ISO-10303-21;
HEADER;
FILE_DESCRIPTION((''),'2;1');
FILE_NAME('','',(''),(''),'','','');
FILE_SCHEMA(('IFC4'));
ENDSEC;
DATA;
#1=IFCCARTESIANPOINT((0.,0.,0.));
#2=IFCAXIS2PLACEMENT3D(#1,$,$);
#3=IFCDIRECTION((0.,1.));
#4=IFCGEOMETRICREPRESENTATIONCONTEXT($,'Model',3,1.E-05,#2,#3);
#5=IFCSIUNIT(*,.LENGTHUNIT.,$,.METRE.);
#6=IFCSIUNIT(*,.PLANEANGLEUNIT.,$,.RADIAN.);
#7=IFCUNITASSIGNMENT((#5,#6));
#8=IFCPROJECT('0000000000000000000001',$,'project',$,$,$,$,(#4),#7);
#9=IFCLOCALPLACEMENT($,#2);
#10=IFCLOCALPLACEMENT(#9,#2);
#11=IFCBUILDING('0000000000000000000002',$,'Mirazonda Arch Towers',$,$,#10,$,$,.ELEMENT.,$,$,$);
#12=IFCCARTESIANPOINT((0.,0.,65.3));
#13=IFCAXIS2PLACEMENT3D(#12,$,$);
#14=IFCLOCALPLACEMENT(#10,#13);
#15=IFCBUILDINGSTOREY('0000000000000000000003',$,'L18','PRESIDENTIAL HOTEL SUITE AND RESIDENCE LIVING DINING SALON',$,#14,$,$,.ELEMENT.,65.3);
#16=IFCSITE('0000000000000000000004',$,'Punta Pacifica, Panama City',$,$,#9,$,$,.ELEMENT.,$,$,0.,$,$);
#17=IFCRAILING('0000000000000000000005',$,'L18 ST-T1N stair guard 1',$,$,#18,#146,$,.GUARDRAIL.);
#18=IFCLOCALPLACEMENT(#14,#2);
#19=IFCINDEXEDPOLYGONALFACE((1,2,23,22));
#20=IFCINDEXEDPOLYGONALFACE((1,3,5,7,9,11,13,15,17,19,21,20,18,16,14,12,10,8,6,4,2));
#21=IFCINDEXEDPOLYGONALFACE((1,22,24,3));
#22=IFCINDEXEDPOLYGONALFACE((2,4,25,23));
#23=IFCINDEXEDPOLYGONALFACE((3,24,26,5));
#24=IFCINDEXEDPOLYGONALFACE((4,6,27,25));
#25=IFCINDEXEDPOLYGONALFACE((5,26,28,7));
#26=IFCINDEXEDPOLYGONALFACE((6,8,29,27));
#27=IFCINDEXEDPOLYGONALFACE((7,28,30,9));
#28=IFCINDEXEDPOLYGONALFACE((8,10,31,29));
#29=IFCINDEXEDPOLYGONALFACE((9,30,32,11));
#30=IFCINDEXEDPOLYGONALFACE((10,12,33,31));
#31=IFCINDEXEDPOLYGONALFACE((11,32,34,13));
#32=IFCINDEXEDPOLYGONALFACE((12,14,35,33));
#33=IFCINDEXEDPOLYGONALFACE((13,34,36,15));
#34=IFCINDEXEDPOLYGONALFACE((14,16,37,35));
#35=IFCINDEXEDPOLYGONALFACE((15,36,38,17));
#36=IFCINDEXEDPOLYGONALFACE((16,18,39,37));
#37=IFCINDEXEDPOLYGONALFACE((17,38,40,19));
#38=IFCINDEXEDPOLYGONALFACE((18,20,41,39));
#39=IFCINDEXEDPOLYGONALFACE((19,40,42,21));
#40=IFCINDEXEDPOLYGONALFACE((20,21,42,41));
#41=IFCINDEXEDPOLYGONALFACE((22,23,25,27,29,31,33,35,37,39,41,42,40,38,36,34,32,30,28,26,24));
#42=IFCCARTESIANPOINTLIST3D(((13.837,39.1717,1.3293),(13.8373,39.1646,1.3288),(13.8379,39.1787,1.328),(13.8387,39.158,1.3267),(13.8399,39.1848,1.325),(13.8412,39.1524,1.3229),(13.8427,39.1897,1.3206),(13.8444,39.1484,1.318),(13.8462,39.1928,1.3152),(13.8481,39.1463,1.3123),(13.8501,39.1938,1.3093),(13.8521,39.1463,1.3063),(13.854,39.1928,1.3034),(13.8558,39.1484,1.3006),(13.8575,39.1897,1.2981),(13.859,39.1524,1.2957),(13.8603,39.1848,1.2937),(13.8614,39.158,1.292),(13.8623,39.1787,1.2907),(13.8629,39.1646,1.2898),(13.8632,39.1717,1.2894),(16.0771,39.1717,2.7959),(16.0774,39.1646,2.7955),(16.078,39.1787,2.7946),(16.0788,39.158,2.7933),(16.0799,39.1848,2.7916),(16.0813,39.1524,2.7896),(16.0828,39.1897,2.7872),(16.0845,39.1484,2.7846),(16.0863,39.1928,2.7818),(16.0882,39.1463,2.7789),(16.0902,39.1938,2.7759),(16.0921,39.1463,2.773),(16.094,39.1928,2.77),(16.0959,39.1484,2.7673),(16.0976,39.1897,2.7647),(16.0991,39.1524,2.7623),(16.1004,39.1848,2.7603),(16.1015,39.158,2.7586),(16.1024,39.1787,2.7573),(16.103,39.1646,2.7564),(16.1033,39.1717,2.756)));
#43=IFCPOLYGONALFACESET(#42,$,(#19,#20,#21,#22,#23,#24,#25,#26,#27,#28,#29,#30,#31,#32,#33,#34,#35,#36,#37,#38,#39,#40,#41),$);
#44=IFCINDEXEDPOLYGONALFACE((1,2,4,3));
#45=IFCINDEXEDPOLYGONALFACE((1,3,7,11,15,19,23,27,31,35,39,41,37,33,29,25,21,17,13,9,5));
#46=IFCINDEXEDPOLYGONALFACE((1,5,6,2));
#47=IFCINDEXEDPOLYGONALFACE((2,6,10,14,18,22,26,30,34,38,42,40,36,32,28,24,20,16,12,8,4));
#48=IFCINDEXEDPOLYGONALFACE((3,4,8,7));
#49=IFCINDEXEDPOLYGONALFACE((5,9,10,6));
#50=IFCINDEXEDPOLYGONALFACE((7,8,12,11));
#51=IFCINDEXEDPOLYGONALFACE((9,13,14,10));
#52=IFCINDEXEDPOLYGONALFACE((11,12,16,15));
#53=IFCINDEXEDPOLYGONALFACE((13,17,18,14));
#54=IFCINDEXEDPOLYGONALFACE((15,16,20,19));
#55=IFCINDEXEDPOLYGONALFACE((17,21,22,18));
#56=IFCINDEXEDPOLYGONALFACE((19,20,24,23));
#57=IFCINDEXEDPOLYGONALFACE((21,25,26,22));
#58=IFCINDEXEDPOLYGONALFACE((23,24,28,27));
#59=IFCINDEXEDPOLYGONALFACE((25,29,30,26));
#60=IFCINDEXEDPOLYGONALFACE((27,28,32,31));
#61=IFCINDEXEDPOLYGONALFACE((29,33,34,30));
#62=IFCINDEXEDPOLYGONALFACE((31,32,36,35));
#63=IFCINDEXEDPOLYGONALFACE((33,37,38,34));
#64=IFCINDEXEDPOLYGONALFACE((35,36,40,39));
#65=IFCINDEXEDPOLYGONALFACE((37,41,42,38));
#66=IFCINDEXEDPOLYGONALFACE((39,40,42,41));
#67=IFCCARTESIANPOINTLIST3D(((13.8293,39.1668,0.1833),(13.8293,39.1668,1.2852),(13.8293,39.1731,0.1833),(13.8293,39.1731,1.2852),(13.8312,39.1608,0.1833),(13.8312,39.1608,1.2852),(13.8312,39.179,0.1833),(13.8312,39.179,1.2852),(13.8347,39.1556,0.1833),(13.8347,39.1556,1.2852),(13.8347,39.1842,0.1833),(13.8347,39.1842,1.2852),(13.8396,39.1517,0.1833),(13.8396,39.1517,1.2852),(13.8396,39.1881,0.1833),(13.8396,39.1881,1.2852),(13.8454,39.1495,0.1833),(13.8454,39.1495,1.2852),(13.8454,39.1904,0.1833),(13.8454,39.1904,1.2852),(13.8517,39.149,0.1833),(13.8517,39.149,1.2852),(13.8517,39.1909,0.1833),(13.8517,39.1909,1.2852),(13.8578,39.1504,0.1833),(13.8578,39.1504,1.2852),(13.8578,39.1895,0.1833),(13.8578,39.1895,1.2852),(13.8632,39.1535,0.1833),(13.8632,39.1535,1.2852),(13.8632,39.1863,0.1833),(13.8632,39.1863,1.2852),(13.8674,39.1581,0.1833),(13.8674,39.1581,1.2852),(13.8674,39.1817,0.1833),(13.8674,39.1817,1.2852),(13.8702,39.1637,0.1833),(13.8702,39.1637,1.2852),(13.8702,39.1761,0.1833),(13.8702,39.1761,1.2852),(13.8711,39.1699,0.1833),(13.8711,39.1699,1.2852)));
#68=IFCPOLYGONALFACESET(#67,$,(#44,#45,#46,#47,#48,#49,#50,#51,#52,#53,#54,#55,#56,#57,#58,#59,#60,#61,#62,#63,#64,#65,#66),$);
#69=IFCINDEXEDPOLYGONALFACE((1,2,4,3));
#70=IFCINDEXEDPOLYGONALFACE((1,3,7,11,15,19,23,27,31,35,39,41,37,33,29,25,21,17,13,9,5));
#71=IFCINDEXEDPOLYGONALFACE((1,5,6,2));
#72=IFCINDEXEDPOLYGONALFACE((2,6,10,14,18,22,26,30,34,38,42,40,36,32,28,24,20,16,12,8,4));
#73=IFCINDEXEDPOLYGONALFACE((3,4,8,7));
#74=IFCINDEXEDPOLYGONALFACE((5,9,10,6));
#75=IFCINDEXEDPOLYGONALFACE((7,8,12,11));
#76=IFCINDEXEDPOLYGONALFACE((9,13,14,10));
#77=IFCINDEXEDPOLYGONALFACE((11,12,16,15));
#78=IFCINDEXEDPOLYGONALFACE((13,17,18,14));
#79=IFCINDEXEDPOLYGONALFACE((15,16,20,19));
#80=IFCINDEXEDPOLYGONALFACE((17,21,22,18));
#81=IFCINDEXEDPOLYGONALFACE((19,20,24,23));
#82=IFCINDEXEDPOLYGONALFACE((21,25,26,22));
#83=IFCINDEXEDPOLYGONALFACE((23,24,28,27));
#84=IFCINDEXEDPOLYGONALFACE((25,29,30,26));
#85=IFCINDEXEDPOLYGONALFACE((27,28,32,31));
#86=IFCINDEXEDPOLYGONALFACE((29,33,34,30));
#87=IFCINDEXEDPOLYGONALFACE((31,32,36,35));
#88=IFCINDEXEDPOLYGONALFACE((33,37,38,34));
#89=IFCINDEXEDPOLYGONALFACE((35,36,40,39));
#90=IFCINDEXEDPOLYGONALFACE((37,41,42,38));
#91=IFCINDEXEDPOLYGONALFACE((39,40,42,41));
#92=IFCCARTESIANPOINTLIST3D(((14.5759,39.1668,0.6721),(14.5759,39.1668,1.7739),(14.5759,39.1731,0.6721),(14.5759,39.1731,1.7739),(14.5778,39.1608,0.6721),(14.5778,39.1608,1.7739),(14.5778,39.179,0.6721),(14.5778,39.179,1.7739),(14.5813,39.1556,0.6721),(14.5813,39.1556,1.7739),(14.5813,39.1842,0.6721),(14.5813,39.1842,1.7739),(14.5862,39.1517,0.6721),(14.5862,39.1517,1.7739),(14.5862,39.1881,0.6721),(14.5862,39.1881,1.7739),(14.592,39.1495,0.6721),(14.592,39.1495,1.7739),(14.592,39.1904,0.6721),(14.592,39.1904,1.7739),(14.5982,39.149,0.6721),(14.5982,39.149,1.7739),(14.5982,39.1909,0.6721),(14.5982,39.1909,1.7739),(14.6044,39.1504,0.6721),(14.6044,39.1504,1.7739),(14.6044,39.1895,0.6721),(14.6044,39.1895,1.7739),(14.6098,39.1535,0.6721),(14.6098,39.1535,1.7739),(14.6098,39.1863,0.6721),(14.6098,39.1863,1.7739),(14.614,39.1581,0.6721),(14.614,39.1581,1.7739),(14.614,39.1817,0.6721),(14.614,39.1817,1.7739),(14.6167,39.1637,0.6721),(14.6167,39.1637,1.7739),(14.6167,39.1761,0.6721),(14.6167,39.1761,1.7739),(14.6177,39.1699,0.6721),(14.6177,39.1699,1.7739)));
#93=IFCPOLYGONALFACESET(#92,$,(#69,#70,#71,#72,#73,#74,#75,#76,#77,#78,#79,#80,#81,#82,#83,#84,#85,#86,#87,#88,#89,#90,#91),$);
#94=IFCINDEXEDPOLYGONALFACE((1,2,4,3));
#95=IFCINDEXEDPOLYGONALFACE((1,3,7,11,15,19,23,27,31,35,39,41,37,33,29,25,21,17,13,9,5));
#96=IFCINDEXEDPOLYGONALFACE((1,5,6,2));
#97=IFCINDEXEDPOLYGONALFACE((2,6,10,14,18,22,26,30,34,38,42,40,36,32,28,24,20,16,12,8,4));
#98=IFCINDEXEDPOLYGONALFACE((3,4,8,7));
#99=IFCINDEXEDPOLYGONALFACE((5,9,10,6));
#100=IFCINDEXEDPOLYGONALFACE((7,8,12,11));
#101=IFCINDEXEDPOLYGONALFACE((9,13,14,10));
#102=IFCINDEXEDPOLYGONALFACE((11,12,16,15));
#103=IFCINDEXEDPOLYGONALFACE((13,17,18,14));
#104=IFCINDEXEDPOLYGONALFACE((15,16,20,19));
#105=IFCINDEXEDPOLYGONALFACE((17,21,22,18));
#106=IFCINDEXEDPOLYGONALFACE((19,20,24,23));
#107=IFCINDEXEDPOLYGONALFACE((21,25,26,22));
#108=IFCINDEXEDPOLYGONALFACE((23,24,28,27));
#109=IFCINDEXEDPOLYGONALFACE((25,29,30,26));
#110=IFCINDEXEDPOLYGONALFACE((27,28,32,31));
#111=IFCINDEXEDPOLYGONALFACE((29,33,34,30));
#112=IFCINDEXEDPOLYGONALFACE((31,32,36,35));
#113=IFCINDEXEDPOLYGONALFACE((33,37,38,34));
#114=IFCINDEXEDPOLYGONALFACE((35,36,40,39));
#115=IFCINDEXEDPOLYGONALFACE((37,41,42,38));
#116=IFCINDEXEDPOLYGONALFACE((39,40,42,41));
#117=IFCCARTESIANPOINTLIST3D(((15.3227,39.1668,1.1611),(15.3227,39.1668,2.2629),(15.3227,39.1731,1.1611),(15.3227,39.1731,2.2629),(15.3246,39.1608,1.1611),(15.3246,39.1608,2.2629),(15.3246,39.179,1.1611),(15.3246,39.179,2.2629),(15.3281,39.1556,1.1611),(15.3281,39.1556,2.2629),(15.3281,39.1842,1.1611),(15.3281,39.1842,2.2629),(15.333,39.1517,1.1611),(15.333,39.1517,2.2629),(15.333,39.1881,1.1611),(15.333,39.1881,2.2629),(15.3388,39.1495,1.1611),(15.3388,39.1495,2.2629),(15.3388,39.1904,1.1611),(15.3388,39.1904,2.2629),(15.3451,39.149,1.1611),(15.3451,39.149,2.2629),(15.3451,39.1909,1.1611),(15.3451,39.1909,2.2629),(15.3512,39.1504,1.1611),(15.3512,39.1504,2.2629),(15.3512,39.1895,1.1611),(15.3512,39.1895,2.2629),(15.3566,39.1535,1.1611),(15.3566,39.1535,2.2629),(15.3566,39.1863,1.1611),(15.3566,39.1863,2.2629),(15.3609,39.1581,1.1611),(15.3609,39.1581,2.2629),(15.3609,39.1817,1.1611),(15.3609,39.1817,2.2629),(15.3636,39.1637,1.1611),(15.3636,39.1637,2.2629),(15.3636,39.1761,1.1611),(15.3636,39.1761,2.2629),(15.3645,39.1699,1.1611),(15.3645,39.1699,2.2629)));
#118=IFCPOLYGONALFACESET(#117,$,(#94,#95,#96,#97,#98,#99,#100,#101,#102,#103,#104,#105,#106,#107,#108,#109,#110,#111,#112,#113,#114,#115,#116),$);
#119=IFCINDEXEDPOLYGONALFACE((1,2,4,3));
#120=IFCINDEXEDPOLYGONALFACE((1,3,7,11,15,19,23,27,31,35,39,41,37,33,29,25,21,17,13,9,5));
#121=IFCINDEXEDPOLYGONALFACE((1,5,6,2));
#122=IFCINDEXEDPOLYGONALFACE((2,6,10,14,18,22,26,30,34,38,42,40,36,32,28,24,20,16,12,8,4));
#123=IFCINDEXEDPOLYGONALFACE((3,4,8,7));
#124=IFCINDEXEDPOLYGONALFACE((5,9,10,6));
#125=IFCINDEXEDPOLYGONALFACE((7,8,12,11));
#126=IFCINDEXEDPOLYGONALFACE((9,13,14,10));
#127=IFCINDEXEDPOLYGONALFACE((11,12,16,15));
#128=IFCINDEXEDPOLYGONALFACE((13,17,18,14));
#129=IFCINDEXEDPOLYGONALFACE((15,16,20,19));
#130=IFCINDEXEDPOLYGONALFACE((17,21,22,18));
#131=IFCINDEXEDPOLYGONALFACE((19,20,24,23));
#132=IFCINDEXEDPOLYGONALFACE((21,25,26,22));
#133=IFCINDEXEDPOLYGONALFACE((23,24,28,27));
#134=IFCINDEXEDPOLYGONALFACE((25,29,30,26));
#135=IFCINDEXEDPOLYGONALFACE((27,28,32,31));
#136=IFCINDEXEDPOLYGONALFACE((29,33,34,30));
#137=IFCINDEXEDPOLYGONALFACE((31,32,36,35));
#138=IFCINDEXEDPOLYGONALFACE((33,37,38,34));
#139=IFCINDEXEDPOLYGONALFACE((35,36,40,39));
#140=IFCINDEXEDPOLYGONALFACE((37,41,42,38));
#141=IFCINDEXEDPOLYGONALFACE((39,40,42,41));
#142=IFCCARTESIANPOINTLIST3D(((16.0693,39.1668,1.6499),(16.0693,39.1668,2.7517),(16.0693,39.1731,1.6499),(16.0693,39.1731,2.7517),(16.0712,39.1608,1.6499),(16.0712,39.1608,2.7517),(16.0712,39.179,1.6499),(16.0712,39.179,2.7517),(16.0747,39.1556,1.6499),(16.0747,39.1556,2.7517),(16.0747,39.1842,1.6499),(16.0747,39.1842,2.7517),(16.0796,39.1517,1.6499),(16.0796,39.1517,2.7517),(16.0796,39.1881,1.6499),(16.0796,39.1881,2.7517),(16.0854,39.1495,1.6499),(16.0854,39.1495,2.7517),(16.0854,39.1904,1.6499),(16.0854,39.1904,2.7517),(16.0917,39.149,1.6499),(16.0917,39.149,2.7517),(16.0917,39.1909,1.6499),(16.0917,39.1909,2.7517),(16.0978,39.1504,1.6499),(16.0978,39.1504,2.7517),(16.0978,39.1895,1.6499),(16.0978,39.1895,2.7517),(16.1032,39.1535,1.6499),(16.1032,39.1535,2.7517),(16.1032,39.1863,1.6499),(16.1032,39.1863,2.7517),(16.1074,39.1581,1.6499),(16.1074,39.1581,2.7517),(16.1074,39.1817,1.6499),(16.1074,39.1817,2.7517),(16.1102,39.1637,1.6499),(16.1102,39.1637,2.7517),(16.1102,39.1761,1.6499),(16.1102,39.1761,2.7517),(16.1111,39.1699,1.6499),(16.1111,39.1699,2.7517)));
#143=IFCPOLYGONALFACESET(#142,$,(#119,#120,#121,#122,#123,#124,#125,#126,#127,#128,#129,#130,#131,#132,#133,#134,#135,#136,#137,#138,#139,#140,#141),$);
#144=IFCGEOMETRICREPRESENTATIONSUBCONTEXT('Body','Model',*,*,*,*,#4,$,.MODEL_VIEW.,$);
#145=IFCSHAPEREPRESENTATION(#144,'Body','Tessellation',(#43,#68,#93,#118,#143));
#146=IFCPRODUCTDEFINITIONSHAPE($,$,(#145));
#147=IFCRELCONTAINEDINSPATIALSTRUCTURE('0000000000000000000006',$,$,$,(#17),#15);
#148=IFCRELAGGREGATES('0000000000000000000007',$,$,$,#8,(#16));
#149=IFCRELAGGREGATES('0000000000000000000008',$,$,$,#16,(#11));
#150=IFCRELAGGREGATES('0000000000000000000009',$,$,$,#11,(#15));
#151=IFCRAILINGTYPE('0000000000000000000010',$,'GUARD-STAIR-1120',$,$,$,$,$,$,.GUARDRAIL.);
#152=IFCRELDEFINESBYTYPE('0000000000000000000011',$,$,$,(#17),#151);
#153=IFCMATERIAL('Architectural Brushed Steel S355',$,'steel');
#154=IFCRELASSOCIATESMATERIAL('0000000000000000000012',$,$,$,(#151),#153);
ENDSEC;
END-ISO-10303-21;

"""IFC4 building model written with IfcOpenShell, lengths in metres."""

from ifc_helpers import new_model, si_unit, direction, frame, origin, origin_2d, place, context, subcontext, project, spatial, circle, extrude, material, type_object, element, save


model = new_model("IFC4")

# Units and contexts
model_context = context("Model", 3, precision=1e-05, world=origin(), true_north=direction((0.0, 1.0)))
body_context = subcontext(model_context, "Body", "Model", "MODEL_VIEW")
ifc_project = project(units=[si_unit("LENGTHUNIT", "METRE"), si_unit("PLANEANGLEUNIT", "RADIAN")], contexts=[model_context])

# Site, building, storey
site_placement = place(None, origin())
site = spatial("IfcSite", under=ifc_project, at=site_placement, Name="Punta Pacifica, Panama City", CompositionType="ELEMENT", RefElevation=0.0)
building_placement = place(site_placement, origin())
building = spatial("IfcBuilding", under=site, at=building_placement, Name="Mirazonda Arch Towers", CompositionType="ELEMENT")
storey_placement = place(building_placement, frame((0.0, 0.0, 65.3)))
storey = spatial("IfcBuildingStorey", under=building, at=storey_placement, Name="L18", Description="PRESIDENTIAL HOTEL SUITE AND RESIDENCE LIVING DINING SALON", CompositionType="ELEMENT", Elevation=65.3)

# Shared definitions
ifc_material_1 = material(Name="Architectural Brushed Steel S355", Category="steel")

# Railing
railing_type = type_object("IfcRailingType", Name="GUARD-STAIR-1120", PredefinedType="GUARDRAIL", material=ifc_material_1)
railing_1_placement = place(storey_placement, frame((13.8501, 39.1699, 0.1833)))
element("IfcRailing", 1, at=railing_1_placement, inside=storey, type_object=railing_type, Name="L18 ST-T1N stair guard 1", PredefinedType="GUARDRAIL", context=body_context, shape_type="SweptSolid", body=[
    extrude(circle(Radius=0.0239, at=origin_2d()), frame((0.0, 0.0, 1.126), z_axis=(0.836637, 0.0, 0.547758), x_axis=(0.0, 1.0, 0.0)), (0.0, 0.0, 1.0), 2.6775),
    extrude(circle(Radius=0.021, at=origin_2d()), origin(), (0.0, 0.0, 1.0), 1.1018),
    extrude(circle(Radius=0.021, at=origin_2d()), frame((0.7466, 0.0, 0.4888)), (0.0, 0.0, 1.0), 1.1018),
    extrude(circle(Radius=0.021, at=origin_2d()), frame((1.4934, 0.0, 0.9778)), (0.0, 0.0, 1.0), 1.1018),
    extrude(circle(Radius=0.021, at=origin_2d()), frame((2.24, 0.0, 1.4666)), (0.0, 0.0, 1.0), 1.1018),
])

save(model, "model.ifc")
